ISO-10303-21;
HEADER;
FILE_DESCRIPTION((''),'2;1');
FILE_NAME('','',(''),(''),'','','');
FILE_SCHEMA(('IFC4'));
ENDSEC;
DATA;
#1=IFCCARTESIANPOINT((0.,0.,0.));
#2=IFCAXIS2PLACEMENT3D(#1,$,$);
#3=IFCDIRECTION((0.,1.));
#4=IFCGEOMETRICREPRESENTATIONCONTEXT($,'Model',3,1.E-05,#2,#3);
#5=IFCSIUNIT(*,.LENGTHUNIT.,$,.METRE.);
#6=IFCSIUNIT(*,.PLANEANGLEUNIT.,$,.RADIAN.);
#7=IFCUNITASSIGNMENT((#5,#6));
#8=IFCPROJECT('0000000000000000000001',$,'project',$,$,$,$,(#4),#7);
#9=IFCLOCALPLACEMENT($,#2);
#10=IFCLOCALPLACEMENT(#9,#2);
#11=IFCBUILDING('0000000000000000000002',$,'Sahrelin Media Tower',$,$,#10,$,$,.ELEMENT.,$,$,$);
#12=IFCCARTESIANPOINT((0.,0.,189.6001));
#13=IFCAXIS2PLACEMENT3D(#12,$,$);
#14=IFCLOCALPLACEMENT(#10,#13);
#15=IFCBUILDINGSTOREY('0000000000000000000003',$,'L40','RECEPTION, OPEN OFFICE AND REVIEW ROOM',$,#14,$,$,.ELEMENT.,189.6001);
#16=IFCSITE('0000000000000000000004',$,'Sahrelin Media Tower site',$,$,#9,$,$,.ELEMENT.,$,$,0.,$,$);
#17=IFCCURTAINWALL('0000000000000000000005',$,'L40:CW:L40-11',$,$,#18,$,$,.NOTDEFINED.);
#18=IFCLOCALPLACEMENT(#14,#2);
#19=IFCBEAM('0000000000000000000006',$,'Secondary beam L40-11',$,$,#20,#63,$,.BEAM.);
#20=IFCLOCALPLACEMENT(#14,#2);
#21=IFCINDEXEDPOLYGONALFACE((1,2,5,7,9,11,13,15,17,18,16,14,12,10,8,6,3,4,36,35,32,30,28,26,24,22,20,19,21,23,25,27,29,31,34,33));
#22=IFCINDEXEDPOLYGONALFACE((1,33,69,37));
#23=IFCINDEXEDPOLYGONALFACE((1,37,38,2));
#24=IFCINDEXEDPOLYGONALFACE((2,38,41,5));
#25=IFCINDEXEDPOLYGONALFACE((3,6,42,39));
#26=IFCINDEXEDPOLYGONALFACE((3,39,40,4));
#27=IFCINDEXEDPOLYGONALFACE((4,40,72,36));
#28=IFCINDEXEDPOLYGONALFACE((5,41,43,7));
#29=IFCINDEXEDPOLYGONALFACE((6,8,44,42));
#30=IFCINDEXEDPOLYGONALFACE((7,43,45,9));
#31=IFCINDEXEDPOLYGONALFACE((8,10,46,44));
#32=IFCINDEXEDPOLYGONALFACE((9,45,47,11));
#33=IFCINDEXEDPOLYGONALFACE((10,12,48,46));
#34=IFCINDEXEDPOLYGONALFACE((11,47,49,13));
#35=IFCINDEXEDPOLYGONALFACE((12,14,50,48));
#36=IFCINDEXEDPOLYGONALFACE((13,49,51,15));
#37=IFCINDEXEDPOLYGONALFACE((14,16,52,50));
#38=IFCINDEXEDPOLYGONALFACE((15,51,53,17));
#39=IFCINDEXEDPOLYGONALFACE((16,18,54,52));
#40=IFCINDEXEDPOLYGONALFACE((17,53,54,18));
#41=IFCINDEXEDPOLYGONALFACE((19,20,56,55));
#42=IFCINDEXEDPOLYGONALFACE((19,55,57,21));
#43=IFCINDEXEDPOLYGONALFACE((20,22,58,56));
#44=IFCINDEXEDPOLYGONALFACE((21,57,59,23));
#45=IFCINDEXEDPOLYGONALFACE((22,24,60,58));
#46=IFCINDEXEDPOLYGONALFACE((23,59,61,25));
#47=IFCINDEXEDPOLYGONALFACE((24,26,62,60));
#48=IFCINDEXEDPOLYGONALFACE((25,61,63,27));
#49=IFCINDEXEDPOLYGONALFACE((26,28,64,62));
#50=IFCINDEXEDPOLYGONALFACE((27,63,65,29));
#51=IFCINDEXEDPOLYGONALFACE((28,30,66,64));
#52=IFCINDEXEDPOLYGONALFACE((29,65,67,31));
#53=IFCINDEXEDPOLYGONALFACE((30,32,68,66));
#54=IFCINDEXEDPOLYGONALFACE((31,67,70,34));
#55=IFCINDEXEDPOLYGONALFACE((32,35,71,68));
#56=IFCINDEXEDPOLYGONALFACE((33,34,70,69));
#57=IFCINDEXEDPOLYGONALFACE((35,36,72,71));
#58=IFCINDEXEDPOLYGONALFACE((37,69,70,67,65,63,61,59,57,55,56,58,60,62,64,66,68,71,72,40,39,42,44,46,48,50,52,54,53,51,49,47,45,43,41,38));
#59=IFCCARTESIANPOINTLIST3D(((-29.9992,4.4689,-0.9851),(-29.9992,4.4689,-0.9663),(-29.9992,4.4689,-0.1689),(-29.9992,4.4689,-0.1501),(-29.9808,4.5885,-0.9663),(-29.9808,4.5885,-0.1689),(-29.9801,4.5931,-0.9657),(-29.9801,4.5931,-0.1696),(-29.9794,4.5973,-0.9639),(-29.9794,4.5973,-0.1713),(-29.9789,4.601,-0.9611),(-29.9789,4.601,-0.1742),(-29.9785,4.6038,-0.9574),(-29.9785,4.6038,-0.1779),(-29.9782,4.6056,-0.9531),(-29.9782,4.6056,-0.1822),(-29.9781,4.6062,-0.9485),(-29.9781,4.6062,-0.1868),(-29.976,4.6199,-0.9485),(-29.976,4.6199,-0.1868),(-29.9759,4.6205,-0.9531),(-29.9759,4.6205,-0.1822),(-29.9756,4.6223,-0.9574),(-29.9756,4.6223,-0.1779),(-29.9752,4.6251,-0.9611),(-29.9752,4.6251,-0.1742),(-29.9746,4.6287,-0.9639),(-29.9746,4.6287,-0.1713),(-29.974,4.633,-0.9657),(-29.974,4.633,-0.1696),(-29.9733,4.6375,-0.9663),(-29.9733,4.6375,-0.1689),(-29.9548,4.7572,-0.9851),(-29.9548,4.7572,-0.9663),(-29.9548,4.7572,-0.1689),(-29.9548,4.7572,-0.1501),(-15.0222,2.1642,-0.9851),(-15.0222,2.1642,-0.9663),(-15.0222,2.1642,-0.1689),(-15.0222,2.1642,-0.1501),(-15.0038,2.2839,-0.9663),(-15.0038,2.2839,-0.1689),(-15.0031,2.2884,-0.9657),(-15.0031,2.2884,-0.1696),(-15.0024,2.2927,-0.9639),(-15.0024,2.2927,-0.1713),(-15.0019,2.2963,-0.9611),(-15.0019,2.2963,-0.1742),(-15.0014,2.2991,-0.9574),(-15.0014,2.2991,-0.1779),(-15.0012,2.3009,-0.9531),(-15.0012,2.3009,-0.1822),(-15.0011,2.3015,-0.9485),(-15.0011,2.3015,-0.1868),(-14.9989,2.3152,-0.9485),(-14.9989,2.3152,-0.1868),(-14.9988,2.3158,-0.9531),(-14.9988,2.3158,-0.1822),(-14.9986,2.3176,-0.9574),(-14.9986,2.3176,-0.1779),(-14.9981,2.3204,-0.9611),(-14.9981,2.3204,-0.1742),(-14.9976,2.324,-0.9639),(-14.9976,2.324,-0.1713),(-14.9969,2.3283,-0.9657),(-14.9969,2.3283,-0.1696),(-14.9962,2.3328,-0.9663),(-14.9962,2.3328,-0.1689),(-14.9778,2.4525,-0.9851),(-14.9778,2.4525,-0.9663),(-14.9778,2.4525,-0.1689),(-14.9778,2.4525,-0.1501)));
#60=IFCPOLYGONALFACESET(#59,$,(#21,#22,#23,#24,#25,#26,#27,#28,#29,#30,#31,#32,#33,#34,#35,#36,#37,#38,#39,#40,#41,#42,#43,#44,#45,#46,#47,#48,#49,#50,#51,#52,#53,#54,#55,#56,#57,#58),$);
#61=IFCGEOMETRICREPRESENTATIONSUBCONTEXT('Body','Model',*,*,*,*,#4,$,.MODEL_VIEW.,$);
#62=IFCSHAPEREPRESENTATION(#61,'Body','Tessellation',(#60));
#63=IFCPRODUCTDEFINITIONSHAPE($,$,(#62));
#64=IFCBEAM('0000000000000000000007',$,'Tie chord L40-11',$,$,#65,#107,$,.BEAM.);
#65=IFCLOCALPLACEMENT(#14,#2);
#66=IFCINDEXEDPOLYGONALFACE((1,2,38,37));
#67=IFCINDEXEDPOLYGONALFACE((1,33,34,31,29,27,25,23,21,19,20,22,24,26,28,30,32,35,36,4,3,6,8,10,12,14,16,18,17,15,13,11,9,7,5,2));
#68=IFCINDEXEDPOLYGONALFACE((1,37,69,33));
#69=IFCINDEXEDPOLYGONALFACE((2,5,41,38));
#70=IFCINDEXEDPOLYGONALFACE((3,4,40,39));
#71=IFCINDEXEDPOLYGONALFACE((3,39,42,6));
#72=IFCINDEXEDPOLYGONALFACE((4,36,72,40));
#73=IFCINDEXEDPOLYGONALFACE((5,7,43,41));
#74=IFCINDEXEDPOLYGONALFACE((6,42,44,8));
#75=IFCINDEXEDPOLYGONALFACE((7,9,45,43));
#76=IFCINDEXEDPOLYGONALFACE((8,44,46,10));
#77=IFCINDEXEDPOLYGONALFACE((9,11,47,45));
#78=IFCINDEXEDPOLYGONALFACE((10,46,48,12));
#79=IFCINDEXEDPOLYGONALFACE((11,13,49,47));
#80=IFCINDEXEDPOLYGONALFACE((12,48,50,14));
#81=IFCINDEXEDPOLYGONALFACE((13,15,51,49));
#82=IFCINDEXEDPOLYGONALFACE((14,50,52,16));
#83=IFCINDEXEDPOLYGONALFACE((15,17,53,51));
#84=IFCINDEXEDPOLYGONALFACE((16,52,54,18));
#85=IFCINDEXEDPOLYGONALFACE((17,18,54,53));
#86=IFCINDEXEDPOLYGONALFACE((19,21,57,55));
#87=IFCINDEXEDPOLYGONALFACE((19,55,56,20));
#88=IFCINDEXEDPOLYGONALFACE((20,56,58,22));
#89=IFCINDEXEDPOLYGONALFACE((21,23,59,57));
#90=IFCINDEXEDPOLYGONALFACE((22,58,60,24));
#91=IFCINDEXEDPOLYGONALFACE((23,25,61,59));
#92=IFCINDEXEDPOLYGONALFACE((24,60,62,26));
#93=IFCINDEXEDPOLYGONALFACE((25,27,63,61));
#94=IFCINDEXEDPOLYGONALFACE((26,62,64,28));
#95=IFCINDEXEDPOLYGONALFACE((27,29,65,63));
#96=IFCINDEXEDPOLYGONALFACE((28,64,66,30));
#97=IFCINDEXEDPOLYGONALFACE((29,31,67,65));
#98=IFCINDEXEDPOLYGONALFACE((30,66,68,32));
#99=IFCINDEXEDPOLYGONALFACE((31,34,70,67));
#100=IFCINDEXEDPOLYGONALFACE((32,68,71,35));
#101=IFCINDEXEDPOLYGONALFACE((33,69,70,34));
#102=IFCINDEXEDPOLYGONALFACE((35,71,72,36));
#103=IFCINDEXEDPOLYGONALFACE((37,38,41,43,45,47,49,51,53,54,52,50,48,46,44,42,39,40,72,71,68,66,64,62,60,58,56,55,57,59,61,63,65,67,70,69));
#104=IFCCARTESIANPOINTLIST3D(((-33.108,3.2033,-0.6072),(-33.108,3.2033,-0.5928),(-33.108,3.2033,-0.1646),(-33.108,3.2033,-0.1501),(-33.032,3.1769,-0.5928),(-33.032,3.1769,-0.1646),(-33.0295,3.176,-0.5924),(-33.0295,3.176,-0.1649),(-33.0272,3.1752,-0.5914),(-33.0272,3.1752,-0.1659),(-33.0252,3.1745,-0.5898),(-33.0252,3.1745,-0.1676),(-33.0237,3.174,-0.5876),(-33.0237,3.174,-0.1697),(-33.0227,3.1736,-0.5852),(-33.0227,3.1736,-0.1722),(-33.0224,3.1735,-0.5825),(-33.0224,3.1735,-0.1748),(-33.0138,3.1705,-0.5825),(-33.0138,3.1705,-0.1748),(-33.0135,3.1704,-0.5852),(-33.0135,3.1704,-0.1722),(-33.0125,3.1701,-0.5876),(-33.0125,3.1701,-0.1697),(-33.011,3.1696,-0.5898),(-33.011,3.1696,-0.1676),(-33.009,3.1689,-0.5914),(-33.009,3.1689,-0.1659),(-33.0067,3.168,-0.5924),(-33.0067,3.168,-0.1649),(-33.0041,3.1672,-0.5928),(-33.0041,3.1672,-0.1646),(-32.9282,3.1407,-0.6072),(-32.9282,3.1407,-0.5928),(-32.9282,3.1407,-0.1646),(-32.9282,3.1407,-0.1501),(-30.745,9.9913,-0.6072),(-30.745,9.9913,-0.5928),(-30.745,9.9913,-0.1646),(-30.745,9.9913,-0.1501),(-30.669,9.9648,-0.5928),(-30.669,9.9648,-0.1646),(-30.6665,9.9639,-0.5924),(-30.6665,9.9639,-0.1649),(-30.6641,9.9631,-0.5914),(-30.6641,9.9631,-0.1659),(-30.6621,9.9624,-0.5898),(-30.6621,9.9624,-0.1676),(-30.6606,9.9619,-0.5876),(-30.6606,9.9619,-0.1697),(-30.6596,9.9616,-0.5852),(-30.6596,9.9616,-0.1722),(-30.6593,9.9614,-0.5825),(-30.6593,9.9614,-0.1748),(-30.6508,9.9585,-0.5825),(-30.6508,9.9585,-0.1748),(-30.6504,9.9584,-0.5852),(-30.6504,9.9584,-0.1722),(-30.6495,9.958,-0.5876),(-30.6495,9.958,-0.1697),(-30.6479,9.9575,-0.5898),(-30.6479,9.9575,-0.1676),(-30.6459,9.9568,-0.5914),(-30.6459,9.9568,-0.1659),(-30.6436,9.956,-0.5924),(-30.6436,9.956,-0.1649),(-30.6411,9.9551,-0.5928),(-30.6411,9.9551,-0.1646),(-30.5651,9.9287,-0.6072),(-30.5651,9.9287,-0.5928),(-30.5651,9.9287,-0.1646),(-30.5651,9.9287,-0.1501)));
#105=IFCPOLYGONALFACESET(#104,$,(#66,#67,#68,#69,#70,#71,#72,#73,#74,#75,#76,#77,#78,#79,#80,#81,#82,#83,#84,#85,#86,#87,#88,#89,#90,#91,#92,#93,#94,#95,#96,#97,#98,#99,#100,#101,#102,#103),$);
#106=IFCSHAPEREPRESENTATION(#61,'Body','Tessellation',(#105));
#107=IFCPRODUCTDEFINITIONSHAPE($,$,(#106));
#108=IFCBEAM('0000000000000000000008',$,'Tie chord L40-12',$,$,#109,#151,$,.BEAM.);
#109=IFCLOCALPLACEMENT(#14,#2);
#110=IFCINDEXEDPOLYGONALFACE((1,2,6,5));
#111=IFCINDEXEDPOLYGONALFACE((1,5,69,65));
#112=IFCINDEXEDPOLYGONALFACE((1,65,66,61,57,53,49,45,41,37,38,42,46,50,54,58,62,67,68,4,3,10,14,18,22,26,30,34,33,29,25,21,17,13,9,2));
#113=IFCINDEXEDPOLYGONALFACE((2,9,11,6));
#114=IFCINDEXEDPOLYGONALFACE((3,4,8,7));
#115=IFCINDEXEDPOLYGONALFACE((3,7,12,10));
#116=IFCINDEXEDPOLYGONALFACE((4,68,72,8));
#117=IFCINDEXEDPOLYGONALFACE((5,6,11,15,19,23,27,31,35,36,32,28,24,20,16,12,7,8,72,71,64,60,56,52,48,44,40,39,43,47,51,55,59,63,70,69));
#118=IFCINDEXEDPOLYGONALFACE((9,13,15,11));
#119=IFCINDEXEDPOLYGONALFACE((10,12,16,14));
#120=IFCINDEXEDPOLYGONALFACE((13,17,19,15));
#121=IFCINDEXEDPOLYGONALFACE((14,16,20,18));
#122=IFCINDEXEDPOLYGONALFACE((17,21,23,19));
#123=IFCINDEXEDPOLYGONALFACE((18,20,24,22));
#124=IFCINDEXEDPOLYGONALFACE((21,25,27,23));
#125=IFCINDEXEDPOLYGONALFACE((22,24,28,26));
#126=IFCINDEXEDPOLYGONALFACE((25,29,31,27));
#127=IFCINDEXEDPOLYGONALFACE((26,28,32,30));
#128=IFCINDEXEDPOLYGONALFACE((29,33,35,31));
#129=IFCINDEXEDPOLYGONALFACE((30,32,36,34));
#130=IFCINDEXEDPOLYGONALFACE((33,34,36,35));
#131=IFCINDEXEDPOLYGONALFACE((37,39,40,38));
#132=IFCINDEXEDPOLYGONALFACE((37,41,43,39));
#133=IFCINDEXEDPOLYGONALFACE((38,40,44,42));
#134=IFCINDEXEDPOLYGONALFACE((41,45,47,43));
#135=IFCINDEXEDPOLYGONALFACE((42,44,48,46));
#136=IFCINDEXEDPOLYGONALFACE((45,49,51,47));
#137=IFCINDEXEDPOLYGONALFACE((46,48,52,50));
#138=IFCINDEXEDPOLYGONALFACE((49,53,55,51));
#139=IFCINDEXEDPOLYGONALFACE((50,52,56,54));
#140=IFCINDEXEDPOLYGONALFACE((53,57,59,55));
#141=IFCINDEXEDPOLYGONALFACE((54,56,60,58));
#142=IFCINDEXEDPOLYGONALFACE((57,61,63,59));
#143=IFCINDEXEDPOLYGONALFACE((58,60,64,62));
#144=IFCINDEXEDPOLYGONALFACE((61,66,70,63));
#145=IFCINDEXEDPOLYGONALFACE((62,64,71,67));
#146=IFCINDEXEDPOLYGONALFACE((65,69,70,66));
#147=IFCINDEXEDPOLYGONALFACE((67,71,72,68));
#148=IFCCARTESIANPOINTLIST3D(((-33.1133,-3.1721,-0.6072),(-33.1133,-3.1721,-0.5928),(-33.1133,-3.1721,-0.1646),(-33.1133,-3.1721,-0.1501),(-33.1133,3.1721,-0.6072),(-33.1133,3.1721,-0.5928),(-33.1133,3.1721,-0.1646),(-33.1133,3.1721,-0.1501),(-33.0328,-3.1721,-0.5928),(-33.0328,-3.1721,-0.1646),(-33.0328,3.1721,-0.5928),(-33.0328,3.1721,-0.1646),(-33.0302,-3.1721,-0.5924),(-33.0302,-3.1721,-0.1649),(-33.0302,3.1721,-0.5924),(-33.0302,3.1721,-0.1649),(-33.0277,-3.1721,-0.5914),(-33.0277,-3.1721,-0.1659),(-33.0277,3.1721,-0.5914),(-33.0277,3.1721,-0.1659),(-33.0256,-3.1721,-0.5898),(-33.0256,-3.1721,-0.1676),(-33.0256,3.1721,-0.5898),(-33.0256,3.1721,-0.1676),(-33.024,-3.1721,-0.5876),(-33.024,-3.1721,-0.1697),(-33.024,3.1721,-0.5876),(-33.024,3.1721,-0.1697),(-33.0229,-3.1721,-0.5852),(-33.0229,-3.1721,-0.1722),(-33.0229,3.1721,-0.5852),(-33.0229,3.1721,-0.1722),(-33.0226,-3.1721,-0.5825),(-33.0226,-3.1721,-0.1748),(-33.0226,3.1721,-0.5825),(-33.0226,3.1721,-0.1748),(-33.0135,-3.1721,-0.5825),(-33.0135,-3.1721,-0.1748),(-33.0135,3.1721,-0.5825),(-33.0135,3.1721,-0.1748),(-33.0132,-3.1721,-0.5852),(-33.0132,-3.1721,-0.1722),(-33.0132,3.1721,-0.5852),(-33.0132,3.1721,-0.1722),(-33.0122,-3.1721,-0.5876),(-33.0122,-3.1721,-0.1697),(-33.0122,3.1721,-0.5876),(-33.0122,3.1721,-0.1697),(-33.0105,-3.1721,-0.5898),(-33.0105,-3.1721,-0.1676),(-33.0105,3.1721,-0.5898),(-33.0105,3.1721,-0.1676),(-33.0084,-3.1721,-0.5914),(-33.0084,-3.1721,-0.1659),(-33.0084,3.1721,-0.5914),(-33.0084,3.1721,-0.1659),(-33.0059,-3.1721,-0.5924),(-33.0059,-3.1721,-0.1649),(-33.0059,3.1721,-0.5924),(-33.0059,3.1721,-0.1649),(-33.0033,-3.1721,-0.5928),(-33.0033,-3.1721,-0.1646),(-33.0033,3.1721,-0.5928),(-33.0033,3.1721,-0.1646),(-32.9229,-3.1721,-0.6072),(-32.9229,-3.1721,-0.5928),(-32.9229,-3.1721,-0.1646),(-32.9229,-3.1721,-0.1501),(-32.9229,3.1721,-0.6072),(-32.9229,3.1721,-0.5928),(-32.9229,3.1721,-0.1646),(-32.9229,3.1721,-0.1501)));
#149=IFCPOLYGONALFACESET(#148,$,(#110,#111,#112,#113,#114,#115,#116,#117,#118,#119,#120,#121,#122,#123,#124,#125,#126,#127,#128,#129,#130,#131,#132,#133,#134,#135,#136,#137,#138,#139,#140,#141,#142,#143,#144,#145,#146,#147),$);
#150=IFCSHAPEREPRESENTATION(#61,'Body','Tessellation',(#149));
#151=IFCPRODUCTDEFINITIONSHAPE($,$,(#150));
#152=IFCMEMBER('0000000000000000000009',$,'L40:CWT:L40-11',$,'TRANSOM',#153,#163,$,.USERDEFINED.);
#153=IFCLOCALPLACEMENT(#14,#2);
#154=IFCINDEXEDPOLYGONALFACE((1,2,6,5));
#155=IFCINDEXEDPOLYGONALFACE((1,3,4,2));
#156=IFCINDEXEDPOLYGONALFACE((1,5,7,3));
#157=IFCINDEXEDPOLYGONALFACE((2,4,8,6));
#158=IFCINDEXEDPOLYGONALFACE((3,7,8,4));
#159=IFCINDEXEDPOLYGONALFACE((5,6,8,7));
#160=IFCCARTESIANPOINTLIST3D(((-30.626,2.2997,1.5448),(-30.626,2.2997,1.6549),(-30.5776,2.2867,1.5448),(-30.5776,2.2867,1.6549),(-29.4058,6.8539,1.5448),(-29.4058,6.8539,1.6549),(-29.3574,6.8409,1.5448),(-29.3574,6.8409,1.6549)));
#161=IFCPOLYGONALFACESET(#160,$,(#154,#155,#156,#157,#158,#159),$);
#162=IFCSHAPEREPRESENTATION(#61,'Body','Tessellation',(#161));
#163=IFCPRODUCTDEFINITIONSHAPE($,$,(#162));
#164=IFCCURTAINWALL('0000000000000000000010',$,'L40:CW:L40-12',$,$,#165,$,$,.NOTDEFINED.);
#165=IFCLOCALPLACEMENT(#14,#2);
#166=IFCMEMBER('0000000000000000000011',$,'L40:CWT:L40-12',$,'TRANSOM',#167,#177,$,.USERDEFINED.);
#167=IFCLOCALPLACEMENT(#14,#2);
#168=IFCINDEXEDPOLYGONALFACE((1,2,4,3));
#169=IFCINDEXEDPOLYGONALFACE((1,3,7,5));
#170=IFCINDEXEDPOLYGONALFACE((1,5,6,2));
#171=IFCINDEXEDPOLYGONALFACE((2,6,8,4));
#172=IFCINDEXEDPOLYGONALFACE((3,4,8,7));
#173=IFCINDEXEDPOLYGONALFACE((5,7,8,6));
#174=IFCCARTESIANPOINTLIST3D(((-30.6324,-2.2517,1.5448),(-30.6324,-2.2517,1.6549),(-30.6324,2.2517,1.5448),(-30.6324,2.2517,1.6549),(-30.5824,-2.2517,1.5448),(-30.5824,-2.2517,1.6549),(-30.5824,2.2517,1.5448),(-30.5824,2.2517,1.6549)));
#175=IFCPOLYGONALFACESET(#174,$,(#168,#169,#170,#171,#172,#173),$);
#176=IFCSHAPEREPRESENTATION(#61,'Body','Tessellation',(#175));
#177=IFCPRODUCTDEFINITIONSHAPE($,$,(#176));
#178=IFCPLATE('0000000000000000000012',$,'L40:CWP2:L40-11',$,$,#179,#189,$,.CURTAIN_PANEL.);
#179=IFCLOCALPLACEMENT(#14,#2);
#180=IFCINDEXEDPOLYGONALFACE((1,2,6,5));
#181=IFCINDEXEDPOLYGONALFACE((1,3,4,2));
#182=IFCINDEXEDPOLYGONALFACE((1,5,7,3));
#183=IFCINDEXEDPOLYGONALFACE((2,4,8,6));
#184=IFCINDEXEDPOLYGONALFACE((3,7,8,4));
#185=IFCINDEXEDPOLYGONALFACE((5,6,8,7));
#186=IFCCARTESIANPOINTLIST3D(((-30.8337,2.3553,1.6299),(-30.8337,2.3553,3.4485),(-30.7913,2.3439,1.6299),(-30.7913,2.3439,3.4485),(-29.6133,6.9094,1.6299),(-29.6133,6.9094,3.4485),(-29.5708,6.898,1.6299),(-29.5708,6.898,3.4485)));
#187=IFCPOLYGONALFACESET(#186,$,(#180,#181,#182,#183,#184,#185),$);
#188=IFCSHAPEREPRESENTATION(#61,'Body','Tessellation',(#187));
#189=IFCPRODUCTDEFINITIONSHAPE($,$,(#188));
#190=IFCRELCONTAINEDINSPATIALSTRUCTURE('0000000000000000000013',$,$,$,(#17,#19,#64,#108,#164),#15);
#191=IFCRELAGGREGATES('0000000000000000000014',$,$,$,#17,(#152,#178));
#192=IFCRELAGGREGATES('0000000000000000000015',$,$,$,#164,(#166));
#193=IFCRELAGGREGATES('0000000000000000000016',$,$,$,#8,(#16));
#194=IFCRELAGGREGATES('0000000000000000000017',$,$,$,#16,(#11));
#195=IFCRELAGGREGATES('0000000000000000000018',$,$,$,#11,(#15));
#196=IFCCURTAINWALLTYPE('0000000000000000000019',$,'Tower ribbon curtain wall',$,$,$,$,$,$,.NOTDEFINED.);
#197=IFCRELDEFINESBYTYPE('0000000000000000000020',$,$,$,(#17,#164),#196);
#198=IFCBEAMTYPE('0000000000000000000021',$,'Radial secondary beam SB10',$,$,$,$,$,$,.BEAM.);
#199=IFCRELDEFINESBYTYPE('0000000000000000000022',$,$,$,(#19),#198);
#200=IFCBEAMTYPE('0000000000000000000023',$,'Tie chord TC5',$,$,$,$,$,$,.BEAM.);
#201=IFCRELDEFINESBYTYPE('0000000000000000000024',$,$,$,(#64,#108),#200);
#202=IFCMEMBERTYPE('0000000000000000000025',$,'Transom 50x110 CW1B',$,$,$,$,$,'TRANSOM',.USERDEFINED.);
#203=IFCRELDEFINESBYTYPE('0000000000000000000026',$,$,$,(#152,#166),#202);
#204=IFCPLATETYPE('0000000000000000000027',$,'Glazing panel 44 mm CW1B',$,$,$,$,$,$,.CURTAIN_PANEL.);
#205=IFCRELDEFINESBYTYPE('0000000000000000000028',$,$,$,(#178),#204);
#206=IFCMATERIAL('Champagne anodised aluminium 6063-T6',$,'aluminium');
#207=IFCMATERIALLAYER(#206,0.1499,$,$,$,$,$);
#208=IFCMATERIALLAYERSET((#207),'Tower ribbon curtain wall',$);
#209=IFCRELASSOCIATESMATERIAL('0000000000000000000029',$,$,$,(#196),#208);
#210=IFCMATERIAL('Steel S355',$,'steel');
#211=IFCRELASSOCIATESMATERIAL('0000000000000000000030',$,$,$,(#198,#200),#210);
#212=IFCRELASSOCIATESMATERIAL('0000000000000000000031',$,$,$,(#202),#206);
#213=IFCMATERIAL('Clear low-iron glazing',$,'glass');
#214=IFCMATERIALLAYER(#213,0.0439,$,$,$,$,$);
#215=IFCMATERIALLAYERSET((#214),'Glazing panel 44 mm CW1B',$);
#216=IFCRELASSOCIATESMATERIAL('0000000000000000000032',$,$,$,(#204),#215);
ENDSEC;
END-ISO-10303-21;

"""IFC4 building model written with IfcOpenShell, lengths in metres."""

from ifc_helpers import new_model, si_unit, direction, frame, origin, origin_2d, place, context, subcontext, project, spatial, polyline, rectangle, i_section, outline, extrude, material, layer, layer_set, material_profile, profile_set, type_object, element, aggregate, save


model = new_model("IFC4")

# Units and contexts
model_context = context("Model", 3, precision=1e-05, world=origin(), true_north=direction((0.0, 1.0)))
body_context = subcontext(model_context, "Body", "Model", "MODEL_VIEW")
ifc_project = project(units=[si_unit("LENGTHUNIT", "METRE"), si_unit("PLANEANGLEUNIT", "RADIAN")], contexts=[model_context])

# Site, building, storey
site_placement = place(None, origin())
site = spatial("IfcSite", under=ifc_project, at=site_placement, Name="Sahrelin Media Tower site", CompositionType="ELEMENT", RefElevation=0.0)
building_placement = place(site_placement, origin())
building = spatial("IfcBuilding", under=site, at=building_placement, Name="Sahrelin Media Tower", CompositionType="ELEMENT")
storey_placement = place(building_placement, frame((0.0, 0.0, 189.6001)))
storey = spatial("IfcBuildingStorey", under=building, at=storey_placement, Name="L40", Description="RECEPTION, OPEN OFFICE AND REVIEW ROOM", CompositionType="ELEMENT", Elevation=189.6001)

# Shared definitions
ifc_material_1 = material(Name="Steel S355", Category="steel")

# Curtain wall
ifc_material_2 = material(Name="Champagne anodised aluminium 6063-T6", Category="aluminium")
ifc_layer_1 = layer(ifc_material_2, 0.1499)
ifc_layer_set_1 = layer_set([ifc_layer_1], Name="Tower ribbon curtain wall")
curtain_wall_type = type_object("IfcCurtainWallType", Name="Tower ribbon curtain wall", PredefinedType="NOTDEFINED", material=ifc_layer_set_1)
curtain_wall_1_placement = place(storey_placement, frame((-30.2041, 4.6272, 0.0), z_axis=(0.0, 0.0, 1.0), x_axis=(1.0, 0.0, 0.0)))
curtain_wall_1 = element("IfcCurtainWall", 1, at=curtain_wall_1_placement, inside=storey, type_object=curtain_wall_type, Name="L40:CW:L40-11", PredefinedType="NOTDEFINED")

# Beams
ifc_material_profile_1 = material_profile(ifc_material_1, i_section(OverallWidth=0.2917, OverallDepth=0.835, WebThickness=0.0139, FlangeThickness=0.0188, FilletRadius=0.0178, at=origin_2d()), Name="UB 838x292x176")
ifc_profile_set_1 = profile_set([ifc_material_profile_1], Name="Steel S355")
beam_type_1 = type_object("IfcBeamType", Name="Radial secondary beam SB10", PredefinedType="BEAM", material=ifc_profile_set_1)
beam_1_placement = place(storey_placement, frame((-15.0, 2.3083, -0.5676), z_axis=(-0.988366, 0.152091, 0.0), x_axis=(-0.152091, -0.988366, 0.0)))
element("IfcBeam", 2, at=beam_1_placement, inside=storey, type_object=beam_type_1, Name="Secondary beam L40-11", PredefinedType="BEAM", context=body_context, shape_type="SweptSolid", body=[
    extrude(i_section(OverallWidth=0.2917, OverallDepth=0.835, WebThickness=0.0139, FlangeThickness=0.0188, FilletRadius=0.0178, at=origin_2d()), origin(), (0.0, 0.0, 1.0), 15.1533),
])
ifc_material_profile_2 = material_profile(ifc_material_1, i_section(OverallWidth=0.1904, OverallDepth=0.457, WebThickness=0.009, FlangeThickness=0.0144, FilletRadius=0.0103, at=origin_2d()), Name="UB 457x191x74")
ifc_profile_set_2 = profile_set([ifc_material_profile_2], Name="Steel S355")
beam_type_2 = type_object("IfcBeamType", Name="Tie chord TC5", PredefinedType="BEAM", material=ifc_profile_set_2)
beam_2_placement = place(storey_placement, frame((-30.655, 9.96, -0.3787), z_axis=(-0.328775, -0.944408, 0.0), x_axis=(0.944408, -0.328775, 0.0)))
element("IfcBeam", 3, at=beam_2_placement, inside=storey, type_object=beam_type_2, Name="Tie chord L40-11", PredefinedType="BEAM", context=body_context, shape_type="SweptSolid", body=[
    extrude(i_section(OverallWidth=0.1904, OverallDepth=0.457, WebThickness=0.009, FlangeThickness=0.0144, FilletRadius=0.0103, at=origin_2d()), origin(), (0.0, 0.0, 1.0), 7.1875),
])
beam_3_placement = place(storey_placement, frame((-33.0181, 3.1721, -0.3787), z_axis=(0.0, -1.0, 0.0), x_axis=(1.0, 0.0, 0.0)))
element("IfcBeam", 4, at=beam_3_placement, inside=storey, type_object=beam_type_2, Name="Tie chord L40-12", PredefinedType="BEAM", context=body_context, shape_type="SweptSolid", body=[
    extrude(i_section(OverallWidth=0.1904, OverallDepth=0.457, WebThickness=0.009, FlangeThickness=0.0144, FilletRadius=0.0103, at=origin_2d()), origin(), (0.0, 0.0, 1.0), 6.3442),
])

# Member
ifc_material_profile_3 = material_profile(ifc_material_2, rectangle(XDim=0.05, YDim=0.1101, at=origin_2d()), Name="Transom 50x110")
ifc_profile_set_3 = profile_set([ifc_material_profile_3], Name="Champagne anodised aluminium 6063-T6")
member_type_1 = type_object("IfcMemberType", Name="Transom 50x110 CW1B", ElementType="TRANSOM", PredefinedType="USERDEFINED", material=ifc_profile_set_3)
member_1_placement = place(storey_placement, frame((-29.3816, 6.8474, 1.5999), z_axis=(-0.258803, -0.96593, 0.0), x_axis=(0.96593, -0.258803, 0.0)))
member_1 = element("IfcMember", 5, at=member_1_placement, type_object=member_type_1, Name="L40:CWT:L40-11", ObjectType="TRANSOM", PredefinedType="USERDEFINED", context=body_context, shape_type="SweptSolid", body=[
    extrude(rectangle(XDim=0.05, YDim=0.1101, at=origin_2d()), origin(), (0.0, 0.0, 1.0), 4.7148),
])

# Curtain wall, member
curtain_wall_2_placement = place(storey_placement, frame((-30.8274, 0.0, 0.0), z_axis=(0.0, 0.0, 1.0), x_axis=(1.0, 0.0, 0.0)))
curtain_wall_2 = element("IfcCurtainWall", 6, at=curtain_wall_2_placement, inside=storey, type_object=curtain_wall_type, Name="L40:CW:L40-12", PredefinedType="NOTDEFINED")
member_2_placement = place(storey_placement, frame((-30.6074, 2.2517, 1.5999), z_axis=(0.0, -1.0, 0.0), x_axis=(1.0, 0.0, 0.0)))
member_2 = element("IfcMember", 7, at=member_2_placement, type_object=member_type_1, Name="L40:CWT:L40-12", ObjectType="TRANSOM", PredefinedType="USERDEFINED", context=body_context, shape_type="SweptSolid", body=[
    extrude(rectangle(XDim=0.05, YDim=0.1101, at=origin_2d()), origin(), (0.0, 0.0, 1.0), 4.5034),
])

# Plate
ifc_material_3 = material(Name="Clear low-iron glazing", Category="glass")
ifc_layer_2 = layer(ifc_material_3, 0.0439)
ifc_layer_set_2 = layer_set([ifc_layer_2], Name="Glazing panel 44 mm CW1B")
plate_type_1 = type_object("IfcPlateType", Name="Glazing panel 44 mm CW1B", PredefinedType="CURTAIN_PANEL", material=ifc_layer_set_2)
plate_1_placement = place(storey_placement, frame((-29.6133, 6.9094, 1.6299), z_axis=(-0.965917, 0.258852, 0.0), x_axis=(-0.258852, -0.965917, 0.0)))
plate_1 = element("IfcPlate", 8, at=plate_1_placement, type_object=plate_type_1, Name="L40:CWP2:L40-11", PredefinedType="CURTAIN_PANEL", context=body_context, shape_type="SweptSolid", body=[
    extrude(outline(polyline([(0.0, 0.0), (4.7148, 0.0), (4.7148, 1.8186), (0.0, 1.8186), (0.0, 0.0)])), origin(), (0.0, 0.0, -1.0), 0.0439),
])
aggregate(curtain_wall_1, [member_1, plate_1])
aggregate(curtain_wall_2, [member_2])

save(model, "model.ifc")
